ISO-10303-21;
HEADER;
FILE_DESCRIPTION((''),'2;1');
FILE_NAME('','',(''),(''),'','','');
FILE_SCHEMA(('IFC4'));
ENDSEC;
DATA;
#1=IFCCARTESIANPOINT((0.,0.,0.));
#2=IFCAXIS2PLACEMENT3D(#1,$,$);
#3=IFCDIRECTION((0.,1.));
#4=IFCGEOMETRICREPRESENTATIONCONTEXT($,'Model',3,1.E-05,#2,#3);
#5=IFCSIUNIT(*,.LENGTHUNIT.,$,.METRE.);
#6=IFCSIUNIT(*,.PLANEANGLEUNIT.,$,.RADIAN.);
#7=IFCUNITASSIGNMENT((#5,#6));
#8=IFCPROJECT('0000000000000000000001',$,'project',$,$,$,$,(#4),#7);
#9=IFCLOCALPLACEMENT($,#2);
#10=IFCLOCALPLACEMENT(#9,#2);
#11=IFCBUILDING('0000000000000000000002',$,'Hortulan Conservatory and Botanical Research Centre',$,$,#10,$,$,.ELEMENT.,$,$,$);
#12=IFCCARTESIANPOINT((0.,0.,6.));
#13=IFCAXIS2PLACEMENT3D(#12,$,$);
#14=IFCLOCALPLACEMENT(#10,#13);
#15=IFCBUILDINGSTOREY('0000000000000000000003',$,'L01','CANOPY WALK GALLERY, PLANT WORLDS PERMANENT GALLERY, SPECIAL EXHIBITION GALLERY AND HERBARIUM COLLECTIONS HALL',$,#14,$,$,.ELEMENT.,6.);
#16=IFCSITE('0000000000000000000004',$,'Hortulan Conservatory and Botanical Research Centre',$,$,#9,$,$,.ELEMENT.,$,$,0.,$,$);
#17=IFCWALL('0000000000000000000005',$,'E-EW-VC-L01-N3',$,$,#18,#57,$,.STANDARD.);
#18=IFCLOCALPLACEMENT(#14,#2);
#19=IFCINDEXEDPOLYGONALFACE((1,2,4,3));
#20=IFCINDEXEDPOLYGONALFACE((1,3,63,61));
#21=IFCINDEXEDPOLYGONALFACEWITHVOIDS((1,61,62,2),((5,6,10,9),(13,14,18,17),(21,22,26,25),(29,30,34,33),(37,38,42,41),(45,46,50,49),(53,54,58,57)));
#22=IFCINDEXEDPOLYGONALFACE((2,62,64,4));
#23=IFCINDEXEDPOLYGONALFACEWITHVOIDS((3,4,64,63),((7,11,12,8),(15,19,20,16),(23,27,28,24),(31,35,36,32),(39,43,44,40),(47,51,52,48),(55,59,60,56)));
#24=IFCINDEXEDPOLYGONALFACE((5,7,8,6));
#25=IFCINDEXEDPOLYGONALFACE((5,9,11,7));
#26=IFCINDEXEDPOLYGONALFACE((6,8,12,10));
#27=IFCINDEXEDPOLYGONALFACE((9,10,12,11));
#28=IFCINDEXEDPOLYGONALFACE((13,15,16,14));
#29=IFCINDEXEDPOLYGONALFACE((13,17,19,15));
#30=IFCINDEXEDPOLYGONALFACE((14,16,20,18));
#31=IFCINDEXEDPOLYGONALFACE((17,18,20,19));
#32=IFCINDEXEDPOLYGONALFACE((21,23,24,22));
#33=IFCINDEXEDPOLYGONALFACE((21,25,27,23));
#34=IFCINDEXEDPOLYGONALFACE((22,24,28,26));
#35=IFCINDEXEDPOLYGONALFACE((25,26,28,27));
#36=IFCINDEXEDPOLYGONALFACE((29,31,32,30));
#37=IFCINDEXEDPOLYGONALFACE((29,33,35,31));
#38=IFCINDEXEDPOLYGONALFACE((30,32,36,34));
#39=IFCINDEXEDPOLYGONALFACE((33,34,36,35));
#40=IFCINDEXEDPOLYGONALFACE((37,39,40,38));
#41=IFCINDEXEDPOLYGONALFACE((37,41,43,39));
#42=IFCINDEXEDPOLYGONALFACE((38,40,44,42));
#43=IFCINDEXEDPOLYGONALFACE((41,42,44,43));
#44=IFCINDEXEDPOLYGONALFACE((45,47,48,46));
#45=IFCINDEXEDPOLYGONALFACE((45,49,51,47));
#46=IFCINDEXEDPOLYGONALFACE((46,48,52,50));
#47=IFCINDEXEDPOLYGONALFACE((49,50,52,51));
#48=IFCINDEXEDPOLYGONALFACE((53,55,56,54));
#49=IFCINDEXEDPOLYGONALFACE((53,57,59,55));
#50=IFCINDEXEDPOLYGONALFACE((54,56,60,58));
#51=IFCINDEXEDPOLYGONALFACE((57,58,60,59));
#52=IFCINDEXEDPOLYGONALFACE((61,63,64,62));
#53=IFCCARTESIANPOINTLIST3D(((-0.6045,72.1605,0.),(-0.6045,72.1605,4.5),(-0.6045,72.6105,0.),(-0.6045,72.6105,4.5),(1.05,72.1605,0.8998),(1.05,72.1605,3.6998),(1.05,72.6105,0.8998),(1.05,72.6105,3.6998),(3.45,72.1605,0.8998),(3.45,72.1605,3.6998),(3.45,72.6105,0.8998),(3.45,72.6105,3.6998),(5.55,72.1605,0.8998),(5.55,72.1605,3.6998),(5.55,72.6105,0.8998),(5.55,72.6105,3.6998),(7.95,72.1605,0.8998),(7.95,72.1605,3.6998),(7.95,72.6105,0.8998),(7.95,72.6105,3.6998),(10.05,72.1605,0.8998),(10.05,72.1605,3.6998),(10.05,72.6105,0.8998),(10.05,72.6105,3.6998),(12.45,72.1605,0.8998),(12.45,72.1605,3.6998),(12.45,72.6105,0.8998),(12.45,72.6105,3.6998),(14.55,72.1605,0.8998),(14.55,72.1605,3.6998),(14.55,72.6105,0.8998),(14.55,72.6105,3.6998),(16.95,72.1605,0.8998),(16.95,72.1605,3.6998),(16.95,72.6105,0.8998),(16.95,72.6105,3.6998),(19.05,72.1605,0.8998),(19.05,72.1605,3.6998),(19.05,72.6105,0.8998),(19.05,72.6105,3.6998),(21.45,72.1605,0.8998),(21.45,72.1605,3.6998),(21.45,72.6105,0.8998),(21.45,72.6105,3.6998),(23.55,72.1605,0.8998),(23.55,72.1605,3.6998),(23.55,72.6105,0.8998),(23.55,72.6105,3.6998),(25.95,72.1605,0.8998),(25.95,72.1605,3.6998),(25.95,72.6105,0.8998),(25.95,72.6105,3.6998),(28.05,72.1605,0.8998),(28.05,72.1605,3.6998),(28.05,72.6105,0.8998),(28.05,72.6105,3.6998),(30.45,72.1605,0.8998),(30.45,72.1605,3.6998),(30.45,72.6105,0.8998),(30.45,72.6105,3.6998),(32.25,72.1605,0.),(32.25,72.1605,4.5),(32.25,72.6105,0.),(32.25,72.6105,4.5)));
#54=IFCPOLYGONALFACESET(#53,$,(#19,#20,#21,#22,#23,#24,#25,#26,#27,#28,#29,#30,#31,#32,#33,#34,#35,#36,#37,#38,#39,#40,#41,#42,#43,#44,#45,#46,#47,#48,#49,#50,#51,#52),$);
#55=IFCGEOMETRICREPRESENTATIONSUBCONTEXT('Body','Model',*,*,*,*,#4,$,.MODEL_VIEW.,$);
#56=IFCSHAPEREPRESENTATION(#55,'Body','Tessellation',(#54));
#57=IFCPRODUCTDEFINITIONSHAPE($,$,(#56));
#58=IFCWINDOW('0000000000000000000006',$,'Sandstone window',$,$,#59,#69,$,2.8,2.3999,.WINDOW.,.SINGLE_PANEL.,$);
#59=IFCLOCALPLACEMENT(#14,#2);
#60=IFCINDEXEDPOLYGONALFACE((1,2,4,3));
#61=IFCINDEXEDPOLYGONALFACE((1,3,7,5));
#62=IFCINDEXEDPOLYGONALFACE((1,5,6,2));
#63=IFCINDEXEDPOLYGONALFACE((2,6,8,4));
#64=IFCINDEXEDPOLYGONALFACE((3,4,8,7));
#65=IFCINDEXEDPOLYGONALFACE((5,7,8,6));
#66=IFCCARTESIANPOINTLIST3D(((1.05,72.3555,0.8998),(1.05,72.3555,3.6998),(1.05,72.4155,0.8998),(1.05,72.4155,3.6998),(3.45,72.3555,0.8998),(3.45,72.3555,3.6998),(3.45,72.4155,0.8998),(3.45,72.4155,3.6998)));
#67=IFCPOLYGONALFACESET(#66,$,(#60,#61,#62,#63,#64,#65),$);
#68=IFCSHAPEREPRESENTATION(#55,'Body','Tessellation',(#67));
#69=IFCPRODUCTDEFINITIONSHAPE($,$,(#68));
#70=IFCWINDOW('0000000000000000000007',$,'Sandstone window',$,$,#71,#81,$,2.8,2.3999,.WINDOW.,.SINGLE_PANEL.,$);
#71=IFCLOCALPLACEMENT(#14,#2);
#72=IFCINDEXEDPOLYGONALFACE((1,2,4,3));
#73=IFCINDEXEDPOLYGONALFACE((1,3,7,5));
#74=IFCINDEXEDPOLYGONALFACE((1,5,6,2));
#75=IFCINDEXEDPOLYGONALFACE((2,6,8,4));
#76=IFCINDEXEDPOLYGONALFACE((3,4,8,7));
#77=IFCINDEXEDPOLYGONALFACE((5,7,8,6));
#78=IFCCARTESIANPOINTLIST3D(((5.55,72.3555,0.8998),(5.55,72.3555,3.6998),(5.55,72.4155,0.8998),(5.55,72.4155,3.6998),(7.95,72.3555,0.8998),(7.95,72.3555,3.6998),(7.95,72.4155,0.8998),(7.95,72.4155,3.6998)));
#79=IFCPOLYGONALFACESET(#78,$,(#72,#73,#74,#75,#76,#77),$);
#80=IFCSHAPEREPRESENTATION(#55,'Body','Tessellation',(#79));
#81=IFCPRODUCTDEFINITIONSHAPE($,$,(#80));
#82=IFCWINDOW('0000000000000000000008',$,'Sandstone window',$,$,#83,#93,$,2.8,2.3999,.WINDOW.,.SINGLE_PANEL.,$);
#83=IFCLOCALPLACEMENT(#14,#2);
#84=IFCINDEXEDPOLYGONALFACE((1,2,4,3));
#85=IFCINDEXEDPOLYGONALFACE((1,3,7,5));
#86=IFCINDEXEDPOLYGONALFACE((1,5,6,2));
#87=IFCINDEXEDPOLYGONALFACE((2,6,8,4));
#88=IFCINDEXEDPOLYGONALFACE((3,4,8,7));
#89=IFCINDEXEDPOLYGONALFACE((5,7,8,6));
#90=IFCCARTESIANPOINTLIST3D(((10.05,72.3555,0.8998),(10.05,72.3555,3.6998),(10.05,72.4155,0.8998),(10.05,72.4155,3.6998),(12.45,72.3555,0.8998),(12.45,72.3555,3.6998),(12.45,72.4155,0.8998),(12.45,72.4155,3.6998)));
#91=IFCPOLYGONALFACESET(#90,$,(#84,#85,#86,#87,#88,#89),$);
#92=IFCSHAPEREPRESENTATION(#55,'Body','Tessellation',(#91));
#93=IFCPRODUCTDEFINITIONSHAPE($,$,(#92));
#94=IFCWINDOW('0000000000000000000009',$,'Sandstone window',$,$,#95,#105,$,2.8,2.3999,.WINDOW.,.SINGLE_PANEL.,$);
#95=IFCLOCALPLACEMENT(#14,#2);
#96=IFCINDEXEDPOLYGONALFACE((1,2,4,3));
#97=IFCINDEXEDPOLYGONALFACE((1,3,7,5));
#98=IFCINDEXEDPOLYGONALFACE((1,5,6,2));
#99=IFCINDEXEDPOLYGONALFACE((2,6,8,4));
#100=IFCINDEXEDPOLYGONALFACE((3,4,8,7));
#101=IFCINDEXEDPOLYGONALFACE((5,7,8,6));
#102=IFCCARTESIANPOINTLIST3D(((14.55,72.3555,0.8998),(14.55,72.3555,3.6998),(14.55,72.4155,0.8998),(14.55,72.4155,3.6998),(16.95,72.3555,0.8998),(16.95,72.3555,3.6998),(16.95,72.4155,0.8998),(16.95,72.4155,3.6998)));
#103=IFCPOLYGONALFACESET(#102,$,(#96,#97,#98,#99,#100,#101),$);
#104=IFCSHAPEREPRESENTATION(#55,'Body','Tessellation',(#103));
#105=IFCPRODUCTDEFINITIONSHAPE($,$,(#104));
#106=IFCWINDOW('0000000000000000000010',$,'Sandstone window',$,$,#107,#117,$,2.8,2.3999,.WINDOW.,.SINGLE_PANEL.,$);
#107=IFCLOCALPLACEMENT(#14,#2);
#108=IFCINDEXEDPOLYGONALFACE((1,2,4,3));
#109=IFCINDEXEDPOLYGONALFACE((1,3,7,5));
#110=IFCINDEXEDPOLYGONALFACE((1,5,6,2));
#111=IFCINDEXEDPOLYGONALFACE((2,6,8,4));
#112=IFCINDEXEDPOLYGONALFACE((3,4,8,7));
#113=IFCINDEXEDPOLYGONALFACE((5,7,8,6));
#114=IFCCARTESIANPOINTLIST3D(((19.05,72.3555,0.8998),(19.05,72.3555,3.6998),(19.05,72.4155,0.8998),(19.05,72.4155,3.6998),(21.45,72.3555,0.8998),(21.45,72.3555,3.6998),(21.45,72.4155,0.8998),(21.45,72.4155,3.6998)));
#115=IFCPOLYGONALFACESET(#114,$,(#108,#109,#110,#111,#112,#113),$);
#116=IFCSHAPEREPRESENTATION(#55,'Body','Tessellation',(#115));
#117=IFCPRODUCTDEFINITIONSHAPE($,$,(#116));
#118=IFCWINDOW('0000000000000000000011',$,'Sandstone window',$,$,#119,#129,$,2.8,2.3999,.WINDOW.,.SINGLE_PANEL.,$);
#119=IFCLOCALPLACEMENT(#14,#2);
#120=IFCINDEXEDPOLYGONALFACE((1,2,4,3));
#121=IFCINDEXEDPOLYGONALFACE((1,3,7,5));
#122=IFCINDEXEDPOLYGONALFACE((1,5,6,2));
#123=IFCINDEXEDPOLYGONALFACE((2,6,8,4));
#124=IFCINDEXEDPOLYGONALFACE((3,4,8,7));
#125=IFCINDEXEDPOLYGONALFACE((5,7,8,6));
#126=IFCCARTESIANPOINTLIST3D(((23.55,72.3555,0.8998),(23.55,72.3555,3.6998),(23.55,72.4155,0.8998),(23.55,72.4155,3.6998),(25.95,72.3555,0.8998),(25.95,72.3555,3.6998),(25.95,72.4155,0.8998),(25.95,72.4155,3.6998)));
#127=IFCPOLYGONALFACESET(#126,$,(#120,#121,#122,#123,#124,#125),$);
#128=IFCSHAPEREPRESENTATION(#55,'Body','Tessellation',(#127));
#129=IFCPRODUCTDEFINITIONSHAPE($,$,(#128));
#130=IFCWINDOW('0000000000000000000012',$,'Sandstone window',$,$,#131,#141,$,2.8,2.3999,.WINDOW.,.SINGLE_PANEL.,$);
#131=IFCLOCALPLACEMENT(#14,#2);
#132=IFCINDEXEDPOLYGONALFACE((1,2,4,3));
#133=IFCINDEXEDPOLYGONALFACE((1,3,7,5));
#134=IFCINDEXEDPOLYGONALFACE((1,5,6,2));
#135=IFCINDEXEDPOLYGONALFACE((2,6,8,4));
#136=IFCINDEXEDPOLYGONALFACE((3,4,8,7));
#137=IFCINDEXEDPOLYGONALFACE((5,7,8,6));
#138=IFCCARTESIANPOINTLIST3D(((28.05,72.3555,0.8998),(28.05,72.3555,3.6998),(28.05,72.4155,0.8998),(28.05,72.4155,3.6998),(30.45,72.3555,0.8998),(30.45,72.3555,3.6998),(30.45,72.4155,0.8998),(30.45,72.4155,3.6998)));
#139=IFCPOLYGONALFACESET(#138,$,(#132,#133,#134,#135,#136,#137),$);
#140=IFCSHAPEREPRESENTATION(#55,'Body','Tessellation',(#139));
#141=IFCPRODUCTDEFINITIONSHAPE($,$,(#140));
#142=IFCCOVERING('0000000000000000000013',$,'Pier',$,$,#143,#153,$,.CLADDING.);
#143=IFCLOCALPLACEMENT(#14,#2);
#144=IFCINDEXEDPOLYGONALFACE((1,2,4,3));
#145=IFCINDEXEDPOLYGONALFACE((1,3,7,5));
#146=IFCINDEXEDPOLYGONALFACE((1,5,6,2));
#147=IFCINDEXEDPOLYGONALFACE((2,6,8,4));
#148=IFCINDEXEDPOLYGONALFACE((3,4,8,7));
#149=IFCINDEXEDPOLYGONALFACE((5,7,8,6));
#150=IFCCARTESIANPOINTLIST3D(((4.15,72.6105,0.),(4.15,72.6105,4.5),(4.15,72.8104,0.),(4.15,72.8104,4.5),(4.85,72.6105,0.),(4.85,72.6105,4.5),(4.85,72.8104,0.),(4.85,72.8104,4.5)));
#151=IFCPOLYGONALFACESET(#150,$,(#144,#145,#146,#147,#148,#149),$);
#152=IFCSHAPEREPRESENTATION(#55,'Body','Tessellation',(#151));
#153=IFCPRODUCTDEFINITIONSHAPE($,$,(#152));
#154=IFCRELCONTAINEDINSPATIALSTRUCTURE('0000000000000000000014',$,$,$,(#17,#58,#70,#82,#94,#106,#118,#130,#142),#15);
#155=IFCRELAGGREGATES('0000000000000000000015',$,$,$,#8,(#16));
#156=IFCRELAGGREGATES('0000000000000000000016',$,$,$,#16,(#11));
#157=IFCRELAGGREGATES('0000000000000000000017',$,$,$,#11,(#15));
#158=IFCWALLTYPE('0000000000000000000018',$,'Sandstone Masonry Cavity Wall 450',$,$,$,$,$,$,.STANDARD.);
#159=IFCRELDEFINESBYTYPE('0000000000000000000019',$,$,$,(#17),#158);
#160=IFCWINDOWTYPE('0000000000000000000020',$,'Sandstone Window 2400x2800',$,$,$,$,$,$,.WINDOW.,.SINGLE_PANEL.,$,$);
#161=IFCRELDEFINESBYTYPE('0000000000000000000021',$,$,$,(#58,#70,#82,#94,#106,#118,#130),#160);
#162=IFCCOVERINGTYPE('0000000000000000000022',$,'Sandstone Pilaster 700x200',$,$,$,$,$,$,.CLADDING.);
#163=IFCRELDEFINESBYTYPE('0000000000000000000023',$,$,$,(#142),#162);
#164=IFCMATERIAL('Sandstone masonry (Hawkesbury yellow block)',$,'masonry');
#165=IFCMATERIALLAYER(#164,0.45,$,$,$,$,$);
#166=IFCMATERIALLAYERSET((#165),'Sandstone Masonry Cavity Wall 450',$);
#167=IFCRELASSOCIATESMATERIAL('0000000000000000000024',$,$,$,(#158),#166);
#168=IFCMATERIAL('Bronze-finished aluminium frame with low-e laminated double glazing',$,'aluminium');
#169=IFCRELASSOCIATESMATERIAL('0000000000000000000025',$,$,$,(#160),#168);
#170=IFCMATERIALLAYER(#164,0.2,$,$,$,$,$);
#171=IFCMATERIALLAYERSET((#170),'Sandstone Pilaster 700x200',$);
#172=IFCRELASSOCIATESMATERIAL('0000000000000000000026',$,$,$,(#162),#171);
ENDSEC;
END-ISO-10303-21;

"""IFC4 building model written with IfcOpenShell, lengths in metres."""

from ifc_helpers import new_model, si_unit, direction, frame, frame_2d, origin, origin_2d, place, context, subcontext, project, spatial, rectangle, extrude, material, layer, layer_set, type_object, element, fill, save


model = new_model("IFC4")

# Units and contexts
model_context = context("Model", 3, precision=1e-05, world=origin(), true_north=direction((0.0, 1.0)))
body_context = subcontext(model_context, "Body", "Model", "MODEL_VIEW")
ifc_project = project(units=[si_unit("LENGTHUNIT", "METRE"), si_unit("PLANEANGLEUNIT", "RADIAN")], contexts=[model_context])

# Site, building, storey
site_placement = place(None, origin())
site = spatial("IfcSite", under=ifc_project, at=site_placement, Name="Hortulan Conservatory and Botanical Research Centre", CompositionType="ELEMENT", RefElevation=0.0)
building_placement = place(site_placement, origin())
building = spatial("IfcBuilding", under=site, at=building_placement, Name="Hortulan Conservatory and Botanical Research Centre", CompositionType="ELEMENT")
storey_placement = place(building_placement, frame((0.0, 0.0, 6.0)))
storey = spatial("IfcBuildingStorey", under=building, at=storey_placement, Name="L01", Description="CANOPY WALK GALLERY, PLANT WORLDS PERMANENT GALLERY, SPECIAL EXHIBITION GALLERY AND HERBARIUM COLLECTIONS HALL", CompositionType="ELEMENT", Elevation=6.0)

# Wall, openings, windows
ifc_material_1 = material(Name="Sandstone masonry (Hawkesbury yellow block)", Category="masonry")
ifc_layer_1 = layer(ifc_material_1, 0.45)
ifc_layer_set_1 = layer_set([ifc_layer_1], Name="Sandstone Masonry Cavity Wall 450")
wall_type = type_object("IfcWallType", Name="Sandstone Masonry Cavity Wall 450", PredefinedType="STANDARD", material=ifc_layer_set_1)
wall_placement = place(storey_placement, frame((-0.6045, 72.3855, 0.0), z_axis=(0.0, 0.0, 1.0), x_axis=(1.0, 0.0, 0.0)))
wall = element("IfcWall", 1, at=wall_placement, inside=storey, type_object=wall_type, Name="E-EW-VC-L01-N3", PredefinedType="STANDARD", context=body_context, shape_type="SweptSolid", body=[
    extrude(rectangle(XDim=32.8545, YDim=0.45, at=frame_2d((16.4272, 0.0))), origin(), (0.0, 0.0, 1.0), 4.5),
])
opening_1_placement = place(wall_placement, frame((1.6545, 0.0, 0.8999)))
opening_1 = element("IfcOpeningElement", 2, at=opening_1_placement, cuts=wall, PredefinedType="OPENING", context=body_context, shape_type="SweptSolid", body=[
    extrude(rectangle(XDim=2.3999, YDim=2.8, at=frame_2d((1.2, 1.3999))), frame((0.0, 0.2349, 0.0), z_axis=(0.0, -1.0, 0.0), x_axis=(1.0, 0.0, 0.0)), (0.0, 0.0, 1.0), 0.47),
])
opening_2_placement = place(wall_placement, frame((6.1545, 0.0, 0.8999)))
opening_2 = element("IfcOpeningElement", 3, at=opening_2_placement, cuts=wall, PredefinedType="OPENING", context=body_context, shape_type="SweptSolid", body=[
    extrude(rectangle(XDim=2.3999, YDim=2.8, at=frame_2d((1.2, 1.3999))), frame((0.0, 0.2349, 0.0), z_axis=(0.0, -1.0, 0.0), x_axis=(1.0, 0.0, 0.0)), (0.0, 0.0, 1.0), 0.47),
])
opening_3_placement = place(wall_placement, frame((10.6545, 0.0, 0.8999)))
opening_3 = element("IfcOpeningElement", 4, at=opening_3_placement, cuts=wall, PredefinedType="OPENING", context=body_context, shape_type="SweptSolid", body=[
    extrude(rectangle(XDim=2.3999, YDim=2.8, at=frame_2d((1.2, 1.3999))), frame((0.0, 0.2349, 0.0), z_axis=(0.0, -1.0, 0.0), x_axis=(1.0, 0.0, 0.0)), (0.0, 0.0, 1.0), 0.47),
])
opening_4_placement = place(wall_placement, frame((15.1545, 0.0, 0.8999)))
opening_4 = element("IfcOpeningElement", 5, at=opening_4_placement, cuts=wall, PredefinedType="OPENING", context=body_context, shape_type="SweptSolid", body=[
    extrude(rectangle(XDim=2.3999, YDim=2.8, at=frame_2d((1.2, 1.3999))), frame((0.0, 0.2349, 0.0), z_axis=(0.0, -1.0, 0.0), x_axis=(1.0, 0.0, 0.0)), (0.0, 0.0, 1.0), 0.47),
])
opening_5_placement = place(wall_placement, frame((19.6545, 0.0, 0.8999)))
opening_5 = element("IfcOpeningElement", 6, at=opening_5_placement, cuts=wall, PredefinedType="OPENING", context=body_context, shape_type="SweptSolid", body=[
    extrude(rectangle(XDim=2.3999, YDim=2.8, at=frame_2d((1.2, 1.3999))), frame((0.0, 0.2349, 0.0), z_axis=(0.0, -1.0, 0.0), x_axis=(1.0, 0.0, 0.0)), (0.0, 0.0, 1.0), 0.47),
])
opening_6_placement = place(wall_placement, frame((24.1545, 0.0, 0.8999)))
opening_6 = element("IfcOpeningElement", 7, at=opening_6_placement, cuts=wall, PredefinedType="OPENING", context=body_context, shape_type="SweptSolid", body=[
    extrude(rectangle(XDim=2.3999, YDim=2.8, at=frame_2d((1.2, 1.3999))), frame((0.0, 0.2349, 0.0), z_axis=(0.0, -1.0, 0.0), x_axis=(1.0, 0.0, 0.0)), (0.0, 0.0, 1.0), 0.47),
])
opening_7_placement = place(wall_placement, frame((28.6545, 0.0, 0.8999)))
opening_7 = element("IfcOpeningElement", 8, at=opening_7_placement, cuts=wall, PredefinedType="OPENING", context=body_context, shape_type="SweptSolid", body=[
    extrude(rectangle(XDim=2.3999, YDim=2.8, at=frame_2d((1.2, 1.3999))), frame((0.0, 0.2349, 0.0), z_axis=(0.0, -1.0, 0.0), x_axis=(1.0, 0.0, 0.0)), (0.0, 0.0, 1.0), 0.47),
])
ifc_material_2 = material(Name="Bronze-finished aluminium frame with low-e laminated double glazing", Category="aluminium")
window_type = type_object("IfcWindowType", Name="Sandstone Window 2400x2800", PartitioningType="SINGLE_PANEL", PredefinedType="WINDOW", material=ifc_material_2)
window_1_placement = place(opening_1_placement, origin())
window_1 = element("IfcWindow", 9, at=window_1_placement, inside=storey, type_object=window_type, Name="Sandstone window", OverallHeight=2.8, OverallWidth=2.3999, PartitioningType="SINGLE_PANEL", PredefinedType="WINDOW", context=body_context, shape_type="SweptSolid", body=[
    extrude(rectangle(XDim=2.3999, YDim=2.8, at=frame_2d((1.2, 1.3999))), frame((0.0, 0.03, 0.0), z_axis=(0.0, -1.0, 0.0), x_axis=(1.0, 0.0, 0.0)), (0.0, 0.0, 1.0), 0.0601),
])
fill(opening_1, window_1)
window_2_placement = place(opening_2_placement, origin())
window_2 = element("IfcWindow", 10, at=window_2_placement, inside=storey, type_object=window_type, Name="Sandstone window", OverallHeight=2.8, OverallWidth=2.3999, PartitioningType="SINGLE_PANEL", PredefinedType="WINDOW", context=body_context, shape_type="SweptSolid", body=[
    extrude(rectangle(XDim=2.3999, YDim=2.8, at=frame_2d((1.2, 1.3999))), frame((0.0, 0.03, 0.0), z_axis=(0.0, -1.0, 0.0), x_axis=(1.0, 0.0, 0.0)), (0.0, 0.0, 1.0), 0.0601),
])
fill(opening_2, window_2)
window_3_placement = place(opening_3_placement, origin())
window_3 = element("IfcWindow", 11, at=window_3_placement, inside=storey, type_object=window_type, Name="Sandstone window", OverallHeight=2.8, OverallWidth=2.3999, PartitioningType="SINGLE_PANEL", PredefinedType="WINDOW", context=body_context, shape_type="SweptSolid", body=[
    extrude(rectangle(XDim=2.3999, YDim=2.8, at=frame_2d((1.2, 1.3999))), frame((0.0, 0.03, 0.0), z_axis=(0.0, -1.0, 0.0), x_axis=(1.0, 0.0, 0.0)), (0.0, 0.0, 1.0), 0.0601),
])
fill(opening_3, window_3)
window_4_placement = place(opening_4_placement, origin())
window_4 = element("IfcWindow", 12, at=window_4_placement, inside=storey, type_object=window_type, Name="Sandstone window", OverallHeight=2.8, OverallWidth=2.3999, PartitioningType="SINGLE_PANEL", PredefinedType="WINDOW", context=body_context, shape_type="SweptSolid", body=[
    extrude(rectangle(XDim=2.3999, YDim=2.8, at=frame_2d((1.2, 1.3999))), frame((0.0, 0.03, 0.0), z_axis=(0.0, -1.0, 0.0), x_axis=(1.0, 0.0, 0.0)), (0.0, 0.0, 1.0), 0.0601),
])
fill(opening_4, window_4)
window_5_placement = place(opening_5_placement, origin())
window_5 = element("IfcWindow", 13, at=window_5_placement, inside=storey, type_object=window_type, Name="Sandstone window", OverallHeight=2.8, OverallWidth=2.3999, PartitioningType="SINGLE_PANEL", PredefinedType="WINDOW", context=body_context, shape_type="SweptSolid", body=[
    extrude(rectangle(XDim=2.3999, YDim=2.8, at=frame_2d((1.2, 1.3999))), frame((0.0, 0.03, 0.0), z_axis=(0.0, -1.0, 0.0), x_axis=(1.0, 0.0, 0.0)), (0.0, 0.0, 1.0), 0.0601),
])
fill(opening_5, window_5)
window_6_placement = place(opening_6_placement, origin())
window_6 = element("IfcWindow", 14, at=window_6_placement, inside=storey, type_object=window_type, Name="Sandstone window", OverallHeight=2.8, OverallWidth=2.3999, PartitioningType="SINGLE_PANEL", PredefinedType="WINDOW", context=body_context, shape_type="SweptSolid", body=[
    extrude(rectangle(XDim=2.3999, YDim=2.8, at=frame_2d((1.2, 1.3999))), frame((0.0, 0.03, 0.0), z_axis=(0.0, -1.0, 0.0), x_axis=(1.0, 0.0, 0.0)), (0.0, 0.0, 1.0), 0.0601),
])
fill(opening_6, window_6)
window_7_placement = place(opening_7_placement, origin())
window_7 = element("IfcWindow", 15, at=window_7_placement, inside=storey, type_object=window_type, Name="Sandstone window", OverallHeight=2.8, OverallWidth=2.3999, PartitioningType="SINGLE_PANEL", PredefinedType="WINDOW", context=body_context, shape_type="SweptSolid", body=[
    extrude(rectangle(XDim=2.3999, YDim=2.8, at=frame_2d((1.2, 1.3999))), frame((0.0, 0.03, 0.0), z_axis=(0.0, -1.0, 0.0), x_axis=(1.0, 0.0, 0.0)), (0.0, 0.0, 1.0), 0.0601),
])
fill(opening_7, window_7)

# Covering
ifc_layer_2 = layer(ifc_material_1, 0.2)
ifc_layer_set_2 = layer_set([ifc_layer_2], Name="Sandstone Pilaster 700x200")
covering_type = type_object("IfcCoveringType", Name="Sandstone Pilaster 700x200", PredefinedType="CLADDING", material=ifc_layer_set_2)
covering_placement = place(storey_placement, frame((4.5, 72.7104, 0.0), z_axis=(0.0, 0.0, 1.0), x_axis=(1.0, 0.0, 0.0)))
element("IfcCovering", 16, at=covering_placement, inside=storey, type_object=covering_type, Name="Pier", PredefinedType="CLADDING", context=body_context, shape_type="SweptSolid", body=[
    extrude(rectangle(XDim=0.7, YDim=0.2, at=origin_2d()), origin(), (0.0, 0.0, 1.0), 4.5),
])

save(model, "model.ifc")
